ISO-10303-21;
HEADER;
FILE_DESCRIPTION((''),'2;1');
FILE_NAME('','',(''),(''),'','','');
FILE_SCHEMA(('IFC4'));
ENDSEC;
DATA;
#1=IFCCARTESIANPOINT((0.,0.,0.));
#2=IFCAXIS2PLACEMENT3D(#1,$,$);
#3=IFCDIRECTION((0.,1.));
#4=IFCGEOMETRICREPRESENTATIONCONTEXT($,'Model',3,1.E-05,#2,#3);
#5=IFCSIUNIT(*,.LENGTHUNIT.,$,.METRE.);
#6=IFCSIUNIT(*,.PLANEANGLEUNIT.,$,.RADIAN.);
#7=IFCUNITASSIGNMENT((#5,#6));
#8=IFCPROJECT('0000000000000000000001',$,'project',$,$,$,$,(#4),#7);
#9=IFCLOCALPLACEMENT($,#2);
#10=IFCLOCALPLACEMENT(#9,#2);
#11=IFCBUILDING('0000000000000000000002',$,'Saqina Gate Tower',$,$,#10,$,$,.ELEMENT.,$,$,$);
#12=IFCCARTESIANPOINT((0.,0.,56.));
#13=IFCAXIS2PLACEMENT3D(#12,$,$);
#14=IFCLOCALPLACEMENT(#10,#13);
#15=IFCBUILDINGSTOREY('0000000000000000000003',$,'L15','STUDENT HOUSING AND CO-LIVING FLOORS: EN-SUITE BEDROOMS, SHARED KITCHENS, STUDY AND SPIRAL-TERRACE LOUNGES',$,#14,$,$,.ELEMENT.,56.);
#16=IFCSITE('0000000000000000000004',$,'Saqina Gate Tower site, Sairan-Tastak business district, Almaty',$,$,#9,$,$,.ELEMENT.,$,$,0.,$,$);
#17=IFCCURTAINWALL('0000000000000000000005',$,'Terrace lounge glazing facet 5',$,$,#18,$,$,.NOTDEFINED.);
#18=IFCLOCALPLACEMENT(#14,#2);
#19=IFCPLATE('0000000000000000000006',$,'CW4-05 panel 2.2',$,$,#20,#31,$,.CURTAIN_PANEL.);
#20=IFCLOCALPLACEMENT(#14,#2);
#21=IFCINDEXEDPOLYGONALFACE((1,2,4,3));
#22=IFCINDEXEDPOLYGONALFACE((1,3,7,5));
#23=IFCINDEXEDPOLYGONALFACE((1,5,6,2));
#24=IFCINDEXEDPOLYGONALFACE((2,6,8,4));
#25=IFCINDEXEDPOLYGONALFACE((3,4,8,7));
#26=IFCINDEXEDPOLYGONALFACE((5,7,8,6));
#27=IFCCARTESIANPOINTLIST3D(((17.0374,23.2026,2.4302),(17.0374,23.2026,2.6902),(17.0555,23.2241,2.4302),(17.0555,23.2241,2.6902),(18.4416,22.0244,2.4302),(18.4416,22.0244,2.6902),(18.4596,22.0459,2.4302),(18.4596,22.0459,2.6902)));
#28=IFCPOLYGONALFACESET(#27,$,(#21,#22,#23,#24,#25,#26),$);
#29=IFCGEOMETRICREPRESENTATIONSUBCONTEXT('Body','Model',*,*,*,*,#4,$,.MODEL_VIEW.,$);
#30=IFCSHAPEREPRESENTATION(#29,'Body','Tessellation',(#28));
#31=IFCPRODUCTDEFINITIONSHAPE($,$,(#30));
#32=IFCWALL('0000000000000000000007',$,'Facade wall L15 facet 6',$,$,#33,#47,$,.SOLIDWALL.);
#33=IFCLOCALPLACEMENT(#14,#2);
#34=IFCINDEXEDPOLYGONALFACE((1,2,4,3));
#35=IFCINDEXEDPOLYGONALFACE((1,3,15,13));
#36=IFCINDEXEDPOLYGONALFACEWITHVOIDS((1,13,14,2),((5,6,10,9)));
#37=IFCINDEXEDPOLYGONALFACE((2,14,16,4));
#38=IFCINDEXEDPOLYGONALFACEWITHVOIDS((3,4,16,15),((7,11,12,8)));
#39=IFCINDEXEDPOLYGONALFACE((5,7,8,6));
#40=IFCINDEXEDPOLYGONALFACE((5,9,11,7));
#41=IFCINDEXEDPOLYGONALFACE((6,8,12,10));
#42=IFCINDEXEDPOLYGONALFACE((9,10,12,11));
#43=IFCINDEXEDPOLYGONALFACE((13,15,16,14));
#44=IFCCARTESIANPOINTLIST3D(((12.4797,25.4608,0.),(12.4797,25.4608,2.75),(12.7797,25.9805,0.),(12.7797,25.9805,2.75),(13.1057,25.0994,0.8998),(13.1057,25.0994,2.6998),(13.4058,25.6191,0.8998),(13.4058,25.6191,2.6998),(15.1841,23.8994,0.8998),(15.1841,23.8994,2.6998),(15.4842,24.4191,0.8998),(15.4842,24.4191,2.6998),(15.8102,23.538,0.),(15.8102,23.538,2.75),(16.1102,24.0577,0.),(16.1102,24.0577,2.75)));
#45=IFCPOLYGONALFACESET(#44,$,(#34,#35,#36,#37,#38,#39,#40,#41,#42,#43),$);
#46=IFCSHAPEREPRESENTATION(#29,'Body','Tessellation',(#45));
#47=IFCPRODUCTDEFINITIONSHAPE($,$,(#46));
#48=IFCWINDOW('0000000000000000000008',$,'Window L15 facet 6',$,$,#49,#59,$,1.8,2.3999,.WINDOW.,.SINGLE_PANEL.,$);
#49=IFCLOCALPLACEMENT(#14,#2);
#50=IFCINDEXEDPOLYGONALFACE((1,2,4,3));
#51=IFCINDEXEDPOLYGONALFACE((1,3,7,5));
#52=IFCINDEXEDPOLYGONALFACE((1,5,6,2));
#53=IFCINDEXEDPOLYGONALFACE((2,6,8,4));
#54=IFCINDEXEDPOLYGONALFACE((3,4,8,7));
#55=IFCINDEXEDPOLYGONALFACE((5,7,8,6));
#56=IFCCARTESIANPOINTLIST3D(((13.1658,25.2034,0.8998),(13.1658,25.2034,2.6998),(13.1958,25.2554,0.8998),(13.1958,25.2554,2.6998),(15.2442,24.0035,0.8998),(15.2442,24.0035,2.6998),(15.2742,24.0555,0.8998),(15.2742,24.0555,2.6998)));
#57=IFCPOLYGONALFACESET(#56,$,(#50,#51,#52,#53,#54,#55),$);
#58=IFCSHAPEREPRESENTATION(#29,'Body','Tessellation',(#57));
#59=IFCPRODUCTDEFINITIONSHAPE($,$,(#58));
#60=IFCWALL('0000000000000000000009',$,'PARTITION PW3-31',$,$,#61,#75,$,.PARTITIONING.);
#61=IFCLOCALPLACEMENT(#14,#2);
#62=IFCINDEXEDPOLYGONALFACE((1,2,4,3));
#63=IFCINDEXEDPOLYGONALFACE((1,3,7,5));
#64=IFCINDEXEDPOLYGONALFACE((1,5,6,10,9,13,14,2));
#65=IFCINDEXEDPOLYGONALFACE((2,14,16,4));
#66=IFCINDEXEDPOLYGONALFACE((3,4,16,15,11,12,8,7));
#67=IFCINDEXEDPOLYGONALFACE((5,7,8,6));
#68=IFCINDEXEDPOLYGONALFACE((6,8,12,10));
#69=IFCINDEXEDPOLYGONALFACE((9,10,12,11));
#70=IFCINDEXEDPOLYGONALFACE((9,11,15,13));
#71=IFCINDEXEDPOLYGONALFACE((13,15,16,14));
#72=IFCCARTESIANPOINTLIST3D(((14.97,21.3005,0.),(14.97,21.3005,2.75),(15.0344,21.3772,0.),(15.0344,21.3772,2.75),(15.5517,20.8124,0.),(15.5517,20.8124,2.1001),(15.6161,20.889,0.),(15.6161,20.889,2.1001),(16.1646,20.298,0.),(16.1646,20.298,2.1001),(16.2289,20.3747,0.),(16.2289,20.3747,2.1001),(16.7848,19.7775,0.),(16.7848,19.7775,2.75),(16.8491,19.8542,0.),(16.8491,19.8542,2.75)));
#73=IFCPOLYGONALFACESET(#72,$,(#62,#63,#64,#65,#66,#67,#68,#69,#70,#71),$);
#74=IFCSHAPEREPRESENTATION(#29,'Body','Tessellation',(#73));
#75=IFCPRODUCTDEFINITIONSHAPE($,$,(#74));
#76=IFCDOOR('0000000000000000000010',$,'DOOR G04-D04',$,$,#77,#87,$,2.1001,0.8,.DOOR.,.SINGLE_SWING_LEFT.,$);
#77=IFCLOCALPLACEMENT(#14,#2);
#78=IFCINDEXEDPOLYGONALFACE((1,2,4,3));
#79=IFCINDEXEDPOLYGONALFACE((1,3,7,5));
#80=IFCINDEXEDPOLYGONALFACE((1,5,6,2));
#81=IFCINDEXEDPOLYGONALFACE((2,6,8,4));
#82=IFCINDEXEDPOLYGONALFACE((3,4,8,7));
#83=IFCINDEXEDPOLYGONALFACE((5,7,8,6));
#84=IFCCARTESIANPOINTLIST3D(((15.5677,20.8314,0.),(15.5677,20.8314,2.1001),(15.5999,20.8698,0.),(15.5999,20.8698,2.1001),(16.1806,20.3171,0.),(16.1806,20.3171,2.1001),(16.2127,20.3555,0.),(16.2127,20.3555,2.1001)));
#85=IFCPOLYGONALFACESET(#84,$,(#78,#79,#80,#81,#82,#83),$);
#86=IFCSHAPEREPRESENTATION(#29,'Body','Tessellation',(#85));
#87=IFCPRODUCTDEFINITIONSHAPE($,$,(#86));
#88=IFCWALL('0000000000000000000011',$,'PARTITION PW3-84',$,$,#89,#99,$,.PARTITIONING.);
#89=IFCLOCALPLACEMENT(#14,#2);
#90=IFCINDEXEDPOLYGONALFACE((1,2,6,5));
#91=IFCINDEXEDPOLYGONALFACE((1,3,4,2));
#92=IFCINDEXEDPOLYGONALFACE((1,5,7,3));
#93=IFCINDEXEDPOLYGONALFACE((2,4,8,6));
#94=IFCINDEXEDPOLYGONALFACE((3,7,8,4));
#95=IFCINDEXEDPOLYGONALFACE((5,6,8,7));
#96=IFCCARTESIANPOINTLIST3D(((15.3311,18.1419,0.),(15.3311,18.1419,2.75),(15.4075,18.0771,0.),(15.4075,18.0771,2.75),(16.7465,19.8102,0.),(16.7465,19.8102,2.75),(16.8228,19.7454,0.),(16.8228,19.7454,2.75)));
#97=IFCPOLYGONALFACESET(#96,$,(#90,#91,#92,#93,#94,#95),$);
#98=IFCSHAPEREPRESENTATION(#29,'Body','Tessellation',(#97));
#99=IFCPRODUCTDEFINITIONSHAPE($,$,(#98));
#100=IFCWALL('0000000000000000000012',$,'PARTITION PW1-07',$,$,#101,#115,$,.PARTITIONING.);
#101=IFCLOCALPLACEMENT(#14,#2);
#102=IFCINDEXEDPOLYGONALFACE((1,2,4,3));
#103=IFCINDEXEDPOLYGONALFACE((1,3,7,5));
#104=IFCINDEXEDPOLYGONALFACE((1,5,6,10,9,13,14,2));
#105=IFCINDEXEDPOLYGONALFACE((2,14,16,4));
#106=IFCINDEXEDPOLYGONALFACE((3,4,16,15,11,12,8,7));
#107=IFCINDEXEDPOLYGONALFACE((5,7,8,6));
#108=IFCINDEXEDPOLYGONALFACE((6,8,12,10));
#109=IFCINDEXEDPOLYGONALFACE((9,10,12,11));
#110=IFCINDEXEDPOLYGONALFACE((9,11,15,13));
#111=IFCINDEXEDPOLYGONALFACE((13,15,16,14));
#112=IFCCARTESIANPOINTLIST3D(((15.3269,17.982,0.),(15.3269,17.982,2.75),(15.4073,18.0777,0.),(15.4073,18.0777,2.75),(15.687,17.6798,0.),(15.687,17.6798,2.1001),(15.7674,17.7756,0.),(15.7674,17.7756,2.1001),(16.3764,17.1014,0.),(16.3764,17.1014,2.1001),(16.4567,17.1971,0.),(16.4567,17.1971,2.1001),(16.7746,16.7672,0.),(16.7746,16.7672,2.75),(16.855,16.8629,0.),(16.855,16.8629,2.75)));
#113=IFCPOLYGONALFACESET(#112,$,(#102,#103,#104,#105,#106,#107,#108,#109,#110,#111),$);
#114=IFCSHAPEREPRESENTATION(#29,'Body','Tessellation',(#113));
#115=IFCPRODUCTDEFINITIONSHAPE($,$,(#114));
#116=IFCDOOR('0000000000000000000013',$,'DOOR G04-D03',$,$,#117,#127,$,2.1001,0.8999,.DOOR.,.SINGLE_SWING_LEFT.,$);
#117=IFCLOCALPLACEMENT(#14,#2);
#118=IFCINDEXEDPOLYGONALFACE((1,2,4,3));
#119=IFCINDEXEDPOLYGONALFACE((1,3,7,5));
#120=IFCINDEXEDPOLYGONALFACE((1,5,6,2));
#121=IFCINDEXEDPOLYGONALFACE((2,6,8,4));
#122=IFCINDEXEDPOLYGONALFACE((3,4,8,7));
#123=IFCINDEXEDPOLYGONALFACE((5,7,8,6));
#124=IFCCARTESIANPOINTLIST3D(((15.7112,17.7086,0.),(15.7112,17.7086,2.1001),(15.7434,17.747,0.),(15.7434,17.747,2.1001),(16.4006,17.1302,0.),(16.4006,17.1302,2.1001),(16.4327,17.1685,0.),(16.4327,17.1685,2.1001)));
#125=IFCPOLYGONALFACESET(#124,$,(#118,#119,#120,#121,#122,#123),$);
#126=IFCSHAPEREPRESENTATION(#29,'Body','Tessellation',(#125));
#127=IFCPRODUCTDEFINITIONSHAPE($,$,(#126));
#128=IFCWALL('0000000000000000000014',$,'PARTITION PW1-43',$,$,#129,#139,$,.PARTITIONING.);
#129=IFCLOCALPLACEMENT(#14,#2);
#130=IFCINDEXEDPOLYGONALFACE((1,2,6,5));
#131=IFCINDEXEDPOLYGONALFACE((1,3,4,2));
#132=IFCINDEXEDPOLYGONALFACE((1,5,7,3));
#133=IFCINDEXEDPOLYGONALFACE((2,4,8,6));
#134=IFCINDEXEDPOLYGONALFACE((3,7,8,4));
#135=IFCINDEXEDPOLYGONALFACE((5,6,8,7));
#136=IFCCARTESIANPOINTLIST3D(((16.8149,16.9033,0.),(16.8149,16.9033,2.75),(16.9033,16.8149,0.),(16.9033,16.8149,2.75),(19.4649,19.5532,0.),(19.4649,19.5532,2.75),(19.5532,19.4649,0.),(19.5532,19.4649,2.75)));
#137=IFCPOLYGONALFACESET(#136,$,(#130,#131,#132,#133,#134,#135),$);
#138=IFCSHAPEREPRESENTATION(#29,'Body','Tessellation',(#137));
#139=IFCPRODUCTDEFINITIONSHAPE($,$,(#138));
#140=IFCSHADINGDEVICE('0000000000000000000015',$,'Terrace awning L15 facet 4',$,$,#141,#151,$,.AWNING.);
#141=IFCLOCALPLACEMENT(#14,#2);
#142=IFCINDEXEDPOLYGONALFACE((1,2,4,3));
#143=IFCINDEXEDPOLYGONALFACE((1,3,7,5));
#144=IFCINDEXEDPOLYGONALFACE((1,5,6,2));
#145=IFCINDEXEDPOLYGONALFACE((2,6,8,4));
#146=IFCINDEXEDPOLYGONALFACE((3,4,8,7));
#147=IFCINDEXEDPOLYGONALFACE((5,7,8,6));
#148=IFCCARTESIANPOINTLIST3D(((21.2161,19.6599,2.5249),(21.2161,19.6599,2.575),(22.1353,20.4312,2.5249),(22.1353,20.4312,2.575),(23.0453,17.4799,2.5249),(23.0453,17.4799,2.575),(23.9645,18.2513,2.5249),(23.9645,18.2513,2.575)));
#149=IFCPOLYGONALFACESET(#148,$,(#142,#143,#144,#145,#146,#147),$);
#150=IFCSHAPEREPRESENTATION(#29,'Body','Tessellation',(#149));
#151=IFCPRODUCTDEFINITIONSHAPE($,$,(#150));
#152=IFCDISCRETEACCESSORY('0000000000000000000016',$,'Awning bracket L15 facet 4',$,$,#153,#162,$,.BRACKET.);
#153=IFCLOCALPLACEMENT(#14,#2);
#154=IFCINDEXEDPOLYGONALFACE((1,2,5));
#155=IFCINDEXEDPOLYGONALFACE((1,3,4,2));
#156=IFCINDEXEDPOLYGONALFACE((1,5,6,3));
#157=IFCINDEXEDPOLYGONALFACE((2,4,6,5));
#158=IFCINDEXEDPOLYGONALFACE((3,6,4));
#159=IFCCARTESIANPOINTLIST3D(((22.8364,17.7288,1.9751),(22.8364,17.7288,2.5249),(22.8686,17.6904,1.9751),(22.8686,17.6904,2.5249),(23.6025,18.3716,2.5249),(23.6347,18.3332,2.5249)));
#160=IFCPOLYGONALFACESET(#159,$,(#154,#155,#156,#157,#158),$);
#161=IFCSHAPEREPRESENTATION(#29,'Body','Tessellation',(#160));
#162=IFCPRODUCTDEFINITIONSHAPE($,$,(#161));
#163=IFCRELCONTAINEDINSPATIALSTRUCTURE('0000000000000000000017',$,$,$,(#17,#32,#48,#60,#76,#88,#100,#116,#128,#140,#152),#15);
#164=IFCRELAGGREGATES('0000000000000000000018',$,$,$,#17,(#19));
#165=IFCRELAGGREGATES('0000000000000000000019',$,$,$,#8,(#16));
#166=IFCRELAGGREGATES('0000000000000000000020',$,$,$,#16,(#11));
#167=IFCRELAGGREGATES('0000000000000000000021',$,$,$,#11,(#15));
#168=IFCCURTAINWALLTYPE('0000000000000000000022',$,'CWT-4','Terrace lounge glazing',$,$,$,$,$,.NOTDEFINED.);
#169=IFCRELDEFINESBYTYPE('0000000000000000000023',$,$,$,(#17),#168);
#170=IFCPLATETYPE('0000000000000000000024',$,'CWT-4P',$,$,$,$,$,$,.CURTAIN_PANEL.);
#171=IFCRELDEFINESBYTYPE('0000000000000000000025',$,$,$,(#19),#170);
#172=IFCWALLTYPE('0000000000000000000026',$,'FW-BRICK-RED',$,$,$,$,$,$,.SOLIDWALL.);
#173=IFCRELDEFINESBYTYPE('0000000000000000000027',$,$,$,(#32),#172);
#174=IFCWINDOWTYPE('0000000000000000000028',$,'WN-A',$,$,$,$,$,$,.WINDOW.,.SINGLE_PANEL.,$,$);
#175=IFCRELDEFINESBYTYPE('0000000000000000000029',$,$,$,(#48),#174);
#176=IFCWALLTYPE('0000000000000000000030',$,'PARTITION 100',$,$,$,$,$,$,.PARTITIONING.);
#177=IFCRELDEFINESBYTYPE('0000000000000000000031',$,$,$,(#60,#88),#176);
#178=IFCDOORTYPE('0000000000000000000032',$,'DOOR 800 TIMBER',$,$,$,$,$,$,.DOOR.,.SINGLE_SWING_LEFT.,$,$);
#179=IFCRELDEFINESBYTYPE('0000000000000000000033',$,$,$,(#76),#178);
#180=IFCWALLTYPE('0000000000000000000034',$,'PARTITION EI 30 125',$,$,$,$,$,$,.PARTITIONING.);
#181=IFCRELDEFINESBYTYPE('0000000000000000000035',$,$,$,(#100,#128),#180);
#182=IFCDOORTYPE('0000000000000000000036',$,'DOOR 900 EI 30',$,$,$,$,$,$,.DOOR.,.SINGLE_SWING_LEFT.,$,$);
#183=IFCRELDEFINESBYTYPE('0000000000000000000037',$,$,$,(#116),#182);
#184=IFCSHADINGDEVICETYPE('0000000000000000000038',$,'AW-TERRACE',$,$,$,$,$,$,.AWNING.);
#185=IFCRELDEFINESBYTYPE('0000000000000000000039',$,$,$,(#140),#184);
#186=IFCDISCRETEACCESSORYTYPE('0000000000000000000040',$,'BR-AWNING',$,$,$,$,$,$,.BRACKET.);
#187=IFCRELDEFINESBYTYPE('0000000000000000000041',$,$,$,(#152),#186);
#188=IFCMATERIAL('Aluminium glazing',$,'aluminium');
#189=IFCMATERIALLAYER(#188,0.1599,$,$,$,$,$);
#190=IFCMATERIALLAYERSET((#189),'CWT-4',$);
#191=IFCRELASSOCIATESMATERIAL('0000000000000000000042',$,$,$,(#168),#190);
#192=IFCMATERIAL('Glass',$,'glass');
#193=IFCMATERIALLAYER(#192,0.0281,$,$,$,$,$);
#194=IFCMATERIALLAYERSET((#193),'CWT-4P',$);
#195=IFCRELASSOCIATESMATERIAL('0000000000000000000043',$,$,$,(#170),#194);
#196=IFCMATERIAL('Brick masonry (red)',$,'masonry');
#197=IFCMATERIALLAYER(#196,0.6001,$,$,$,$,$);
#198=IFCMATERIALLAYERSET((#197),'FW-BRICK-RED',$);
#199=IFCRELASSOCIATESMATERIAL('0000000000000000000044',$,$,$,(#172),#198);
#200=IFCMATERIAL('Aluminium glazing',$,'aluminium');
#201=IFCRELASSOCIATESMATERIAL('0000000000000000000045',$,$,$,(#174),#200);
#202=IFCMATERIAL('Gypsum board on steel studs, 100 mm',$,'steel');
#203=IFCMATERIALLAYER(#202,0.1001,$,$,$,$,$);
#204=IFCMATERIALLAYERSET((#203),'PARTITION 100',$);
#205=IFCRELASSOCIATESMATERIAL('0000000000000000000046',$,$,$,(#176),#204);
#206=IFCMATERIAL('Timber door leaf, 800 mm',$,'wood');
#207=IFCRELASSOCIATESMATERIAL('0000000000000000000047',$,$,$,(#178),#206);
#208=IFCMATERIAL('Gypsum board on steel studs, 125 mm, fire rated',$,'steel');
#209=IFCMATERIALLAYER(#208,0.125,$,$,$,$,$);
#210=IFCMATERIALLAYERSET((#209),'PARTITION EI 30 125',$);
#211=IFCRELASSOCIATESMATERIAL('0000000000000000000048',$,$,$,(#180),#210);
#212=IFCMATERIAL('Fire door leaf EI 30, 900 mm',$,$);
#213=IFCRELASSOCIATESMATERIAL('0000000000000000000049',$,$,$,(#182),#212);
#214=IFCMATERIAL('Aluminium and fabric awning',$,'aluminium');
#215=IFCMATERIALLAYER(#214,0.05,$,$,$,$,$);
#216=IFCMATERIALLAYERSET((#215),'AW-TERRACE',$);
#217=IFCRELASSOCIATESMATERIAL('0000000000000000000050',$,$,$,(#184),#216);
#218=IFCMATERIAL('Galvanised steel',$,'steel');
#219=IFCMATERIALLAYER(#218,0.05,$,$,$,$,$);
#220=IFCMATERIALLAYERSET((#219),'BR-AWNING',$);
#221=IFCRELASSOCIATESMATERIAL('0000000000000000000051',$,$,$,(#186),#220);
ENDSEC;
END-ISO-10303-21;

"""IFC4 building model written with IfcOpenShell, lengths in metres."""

from ifc_helpers import new_model, si_unit, direction, frame, frame_2d, origin, origin_2d, place, context, subcontext, project, spatial, polyline, rectangle, outline, extrude, material, layer, layer_set, type_object, element, fill, aggregate, save


model = new_model("IFC4")

# Units and contexts
model_context = context("Model", 3, precision=1e-05, world=origin(), true_north=direction((0.0, 1.0)))
body_context = subcontext(model_context, "Body", "Model", "MODEL_VIEW")
ifc_project = project(units=[si_unit("LENGTHUNIT", "METRE"), si_unit("PLANEANGLEUNIT", "RADIAN")], contexts=[model_context])

# Site, building, storey
site_placement = place(None, origin())
site = spatial("IfcSite", under=ifc_project, at=site_placement, Name="Saqina Gate Tower site, Sairan-Tastak business district, Almaty", CompositionType="ELEMENT", RefElevation=0.0)
building_placement = place(site_placement, origin())
building = spatial("IfcBuilding", under=site, at=building_placement, Name="Saqina Gate Tower", CompositionType="ELEMENT")
storey_placement = place(building_placement, frame((0.0, 0.0, 56.0)))
storey = spatial("IfcBuildingStorey", under=building, at=storey_placement, Name="L15", Description="STUDENT HOUSING AND CO-LIVING FLOORS: EN-SUITE BEDROOMS, SHARED KITCHENS, STUDY AND SPIRAL-TERRACE LOUNGES", CompositionType="ELEMENT", Elevation=56.0)

# Curtain wall, plate
ifc_material_1 = material(Name="Aluminium glazing", Category="aluminium")
ifc_layer_1 = layer(ifc_material_1, 0.1599)
ifc_layer_set_1 = layer_set([ifc_layer_1], Name="CWT-4")
curtain_wall_type = type_object("IfcCurtainWallType", Name="CWT-4", Description="Terrace lounge glazing", PredefinedType="NOTDEFINED", material=ifc_layer_set_1)
curtain_wall_placement = place(storey_placement, origin())
curtain_wall = element("IfcCurtainWall", 1, at=curtain_wall_placement, inside=storey, type_object=curtain_wall_type, Name="Terrace lounge glazing facet 5", PredefinedType="NOTDEFINED")
ifc_material_2 = material(Name="Glass", Category="glass")
ifc_layer_2 = layer(ifc_material_2, 0.0281)
ifc_layer_set_2 = layer_set([ifc_layer_2], Name="CWT-4P")
plate_type = type_object("IfcPlateType", Name="CWT-4P", PredefinedType="CURTAIN_PANEL", material=ifc_layer_set_2)
plate_1_placement = place(storey_placement, frame((17.7485, 22.6243, 2.4302), z_axis=(0.0, 0.0, 1.0), x_axis=(-0.766041, 0.642792, 0.0)))
plate_1 = element("IfcPlate", 2, at=plate_1_placement, type_object=plate_type, Name="CW4-05 panel 2.2", PredefinedType="CURTAIN_PANEL", context=body_context, shape_type="SweptSolid", body=[
    extrude(rectangle(XDim=1.833, YDim=0.0281, at=origin_2d()), origin(), (0.0, 0.0, 1.0), 0.26),
])
aggregate(curtain_wall, [plate_1])

# Shared definitions
ifc_material_3 = material(Name="Brick masonry (red)", Category="masonry")
ifc_layer_3 = layer(ifc_material_3, 0.6001)
ifc_layer_set_3 = layer_set([ifc_layer_3], Name="FW-BRICK-RED")
wall_type_1 = type_object("IfcWallType", Name="FW-BRICK-RED", PredefinedType="SOLIDWALL", material=ifc_layer_set_3)

# Wall, opening, window
wall_1_placement = place(storey_placement, frame((15.9602, 23.7979, 0.0), z_axis=(0.0, 0.0, 1.0), x_axis=(-0.866031, 0.49999, 0.0)))
wall_1 = element("IfcWall", 3, at=wall_1_placement, inside=storey, type_object=wall_type_1, Name="Facade wall L15 facet 6", PredefinedType="SOLIDWALL", context=body_context, shape_type="SweptSolid", body=[
    extrude(rectangle(XDim=3.8457, YDim=0.6001, at=frame_2d((1.9229, 0.0))), origin(), (0.0, 0.0, 1.0), 2.75),
])
opening_1_placement = place(wall_1_placement, frame((0.7229, 0.0, 0.8999)))
opening_1 = element("IfcOpeningElement", 4, at=opening_1_placement, cuts=wall_1, PredefinedType="OPENING", context=body_context, shape_type="SweptSolid", body=[
    extrude(rectangle(XDim=2.3999, YDim=1.8, at=frame_2d((1.2, 0.8999))), frame((0.0, 0.312, 0.0), z_axis=(0.0, -1.0, 0.0), x_axis=(1.0, 0.0, 0.0)), (0.0, 0.0, 1.0), 0.624),
])
ifc_material_4 = material(Name="Aluminium glazing", Category="aluminium")
window_type = type_object("IfcWindowType", Name="WN-A", PartitioningType="SINGLE_PANEL", PredefinedType="WINDOW", material=ifc_material_4)
window_placement = place(opening_1_placement, origin())
window = element("IfcWindow", 5, at=window_placement, inside=storey, type_object=window_type, Name="Window L15 facet 6", OverallHeight=1.8, OverallWidth=2.3999, PartitioningType="SINGLE_PANEL", PredefinedType="WINDOW", context=body_context, shape_type="SweptSolid", body=[
    extrude(rectangle(XDim=2.3999, YDim=1.8, at=frame_2d((1.2, 0.8999))), frame((0.0, 0.1799, 0.0), z_axis=(0.0, -1.0, 0.0), x_axis=(1.0, 0.0, 0.0)), (0.0, 0.0, 1.0), 0.0601),
])
fill(opening_1, window)

# Wall, opening, door
ifc_material_5 = material(Name="Gypsum board on steel studs, 100 mm", Category="steel")
ifc_layer_4 = layer(ifc_material_5, 0.1001)
ifc_layer_set_4 = layer_set([ifc_layer_4], Name="PARTITION 100")
wall_type_2 = type_object("IfcWallType", Name="PARTITION 100", PredefinedType="PARTITIONING", material=ifc_layer_set_4)
wall_2_placement = place(storey_placement, frame((15.0022, 21.3389, 0.0), z_axis=(0.0, 0.0, 1.0), x_axis=(0.765995, -0.642846, 0.0)))
wall_2 = element("IfcWall", 6, at=wall_2_placement, inside=storey, type_object=wall_type_2, Name="PARTITION PW3-31", PredefinedType="PARTITIONING", context=body_context, shape_type="SweptSolid", body=[
    extrude(rectangle(XDim=2.3691, YDim=0.1001, at=frame_2d((1.1846, 0.0))), origin(), (0.0, 0.0, 1.0), 2.75),
])
opening_2_placement = place(wall_2_placement, frame((0.7595, 0.0, 0.0)))
opening_2 = element("IfcOpeningElement", 7, at=opening_2_placement, cuts=wall_2, PredefinedType="OPENING", context=body_context, shape_type="SweptSolid", body=[
    extrude(rectangle(XDim=0.8, YDim=2.1001, at=frame_2d((0.3999, 1.05))), frame((0.0, 0.062, 0.0), z_axis=(0.0, -1.0, 0.0), x_axis=(1.0, 0.0, 0.0)), (0.0, 0.0, 1.0), 0.124),
])
ifc_material_6 = material(Name="Timber door leaf, 800 mm", Category="wood")
door_type_1 = type_object("IfcDoorType", Name="DOOR 800 TIMBER", OperationType="SINGLE_SWING_LEFT", PredefinedType="DOOR", material=ifc_material_6)
door_1_placement = place(opening_2_placement, origin())
door_1 = element("IfcDoor", 8, at=door_1_placement, inside=storey, type_object=door_type_1, Name="DOOR G04-D04", OperationType="SINGLE_SWING_LEFT", OverallHeight=2.1001, OverallWidth=0.8, PredefinedType="DOOR", context=body_context, shape_type="SweptSolid", body=[
    extrude(rectangle(XDim=0.8, YDim=2.1001, at=frame_2d((0.3999, 1.05))), frame((0.0, 0.0249, 0.0), z_axis=(0.0, -1.0, 0.0), x_axis=(1.0, 0.0, 0.0)), (0.0, 0.0, 1.0), 0.05),
])
fill(opening_2, door_1)

# Wall
wall_3_placement = place(storey_placement, frame((15.3694, 18.1096, 0.0), z_axis=(0.0, 0.0, 1.0), x_axis=(0.646932, 0.762548, 0.0)))
element("IfcWall", 9, at=wall_3_placement, inside=storey, type_object=wall_type_2, Name="PARTITION PW3-84", PredefinedType="PARTITIONING", context=body_context, shape_type="SweptSolid", body=[
    extrude(rectangle(XDim=2.1877, YDim=0.1001, at=frame_2d((1.0938, 0.0))), origin(), (0.0, 0.0, 1.0), 2.75),
])

# Wall, opening, door
ifc_material_7 = material(Name="Gypsum board on steel studs, 125 mm, fire rated", Category="steel")
ifc_layer_5 = layer(ifc_material_7, 0.125)
ifc_layer_set_5 = layer_set([ifc_layer_5], Name="PARTITION EI 30 125")
wall_type_3 = type_object("IfcWallType", Name="PARTITION EI 30 125", PredefinedType="PARTITIONING", material=ifc_layer_set_5)
wall_4_placement = place(storey_placement, frame((15.3672, 18.0298, 0.0), z_axis=(0.0, 0.0, 1.0), x_axis=(0.766036, -0.642798, 0.0)))
wall_4 = element("IfcWall", 10, at=wall_4_placement, inside=storey, type_object=wall_type_3, Name="PARTITION PW1-07", PredefinedType="PARTITIONING", context=body_context, shape_type="SweptSolid", body=[
    extrude(rectangle(XDim=1.8899, YDim=0.125, at=frame_2d((0.9448, 0.0))), origin(), (0.0, 0.0, 1.0), 2.75),
])
opening_3_placement = place(wall_4_placement, frame((0.47, 0.0, 0.0)))
opening_3 = element("IfcOpeningElement", 11, at=opening_3_placement, cuts=wall_4, PredefinedType="OPENING", context=body_context, shape_type="SweptSolid", body=[
    extrude(rectangle(XDim=0.8999, YDim=2.1001, at=frame_2d((0.45, 1.05))), frame((0.0, 0.0745, 0.0), z_axis=(0.0, -1.0, 0.0), x_axis=(1.0, 0.0, 0.0)), (0.0, 0.0, 1.0), 0.1489),
])
ifc_material_8 = material(Name="Fire door leaf EI 30, 900 mm")
door_type_2 = type_object("IfcDoorType", Name="DOOR 900 EI 30", OperationType="SINGLE_SWING_LEFT", PredefinedType="DOOR", material=ifc_material_8)
door_2_placement = place(opening_3_placement, frame((0.8999, 0.0, 0.0), z_axis=(0.0, 0.0, 1.0), x_axis=(-1.0, 0.0, 0.0)))
door_2 = element("IfcDoor", 12, at=door_2_placement, inside=storey, type_object=door_type_2, Name="DOOR G04-D03", OperationType="SINGLE_SWING_LEFT", OverallHeight=2.1001, OverallWidth=0.8999, PredefinedType="DOOR", context=body_context, shape_type="SweptSolid", body=[
    extrude(rectangle(XDim=0.8999, YDim=2.1001, at=frame_2d((0.45, 1.05))), frame((0.0, 0.0249, 0.0), z_axis=(0.0, -1.0, 0.0), x_axis=(1.0, 0.0, 0.0)), (0.0, 0.0, 1.0), 0.05),
])
fill(opening_3, door_2)

# Wall
wall_5_placement = place(storey_placement, frame((16.8591, 16.8591, 0.0), z_axis=(0.0, 0.0, 1.0), x_axis=(0.707107, 0.707107, 0.0)))
element("IfcWall", 13, at=wall_5_placement, inside=storey, type_object=wall_type_3, Name="PARTITION PW1-43", PredefinedType="PARTITIONING", context=body_context, shape_type="SweptSolid", body=[
    extrude(rectangle(XDim=3.7476, YDim=0.125, at=frame_2d((1.8738, 0.0))), origin(), (0.0, 0.0, 1.0), 2.75),
])

# Shading device
ifc_material_9 = material(Name="Aluminium and fabric awning", Category="aluminium")
ifc_layer_6 = layer(ifc_material_9, 0.05)
ifc_layer_set_6 = layer_set([ifc_layer_6], Name="AW-TERRACE")
shading_device_type = type_object("IfcShadingDeviceType", Name="AW-TERRACE", PredefinedType="AWNING", material=ifc_layer_set_6)
shading_device_placement = place(storey_placement, frame((22.5903, 18.9556, 2.5249), z_axis=(0.0, 0.0, 1.0), x_axis=(-0.642788, 0.766044, 0.0)))
element("IfcShadingDevice", 14, at=shading_device_placement, inside=storey, type_object=shading_device_type, Name="Terrace awning L15 facet 4", PredefinedType="AWNING", context=body_context, shape_type="SweptSolid", body=[
    extrude(rectangle(XDim=2.8457, YDim=1.2, at=origin_2d()), origin(), (0.0, 0.0, 1.0), 0.05),
])

# Discrete accessory
ifc_material_10 = material(Name="Galvanised steel", Category="steel")
ifc_layer_7 = layer(ifc_material_10, 0.05)
ifc_layer_set_7 = layer_set([ifc_layer_7], Name="BR-AWNING")
discrete_accessory_type_1 = type_object("IfcDiscreteAccessoryType", Name="BR-AWNING", PredefinedType="BRACKET", material=ifc_layer_set_7)
for number, where, z_axis, x_axis, name in (
    (15, (22.8364, 17.7288, 1.9751), (-0.642774, 0.766056, 0.0), (0.0, 0.0, 1.0), "Awning bracket L15 facet 4"),
):
    element("IfcDiscreteAccessory", number, at=place(storey_placement, frame(where, z_axis=z_axis, x_axis=x_axis)), inside=storey, type_object=discrete_accessory_type_1, Name=name, PredefinedType="BRACKET", context=body_context, shape_type="SweptSolid", body=[
        extrude(outline(polyline([(0.0, 0.0), (0.5498, 0.0), (0.5498, 1.0001), (0.0, 0.0)])), origin(), (0.0, 0.0, -1.0), 0.05),
    ])

save(model, "model.ifc")
